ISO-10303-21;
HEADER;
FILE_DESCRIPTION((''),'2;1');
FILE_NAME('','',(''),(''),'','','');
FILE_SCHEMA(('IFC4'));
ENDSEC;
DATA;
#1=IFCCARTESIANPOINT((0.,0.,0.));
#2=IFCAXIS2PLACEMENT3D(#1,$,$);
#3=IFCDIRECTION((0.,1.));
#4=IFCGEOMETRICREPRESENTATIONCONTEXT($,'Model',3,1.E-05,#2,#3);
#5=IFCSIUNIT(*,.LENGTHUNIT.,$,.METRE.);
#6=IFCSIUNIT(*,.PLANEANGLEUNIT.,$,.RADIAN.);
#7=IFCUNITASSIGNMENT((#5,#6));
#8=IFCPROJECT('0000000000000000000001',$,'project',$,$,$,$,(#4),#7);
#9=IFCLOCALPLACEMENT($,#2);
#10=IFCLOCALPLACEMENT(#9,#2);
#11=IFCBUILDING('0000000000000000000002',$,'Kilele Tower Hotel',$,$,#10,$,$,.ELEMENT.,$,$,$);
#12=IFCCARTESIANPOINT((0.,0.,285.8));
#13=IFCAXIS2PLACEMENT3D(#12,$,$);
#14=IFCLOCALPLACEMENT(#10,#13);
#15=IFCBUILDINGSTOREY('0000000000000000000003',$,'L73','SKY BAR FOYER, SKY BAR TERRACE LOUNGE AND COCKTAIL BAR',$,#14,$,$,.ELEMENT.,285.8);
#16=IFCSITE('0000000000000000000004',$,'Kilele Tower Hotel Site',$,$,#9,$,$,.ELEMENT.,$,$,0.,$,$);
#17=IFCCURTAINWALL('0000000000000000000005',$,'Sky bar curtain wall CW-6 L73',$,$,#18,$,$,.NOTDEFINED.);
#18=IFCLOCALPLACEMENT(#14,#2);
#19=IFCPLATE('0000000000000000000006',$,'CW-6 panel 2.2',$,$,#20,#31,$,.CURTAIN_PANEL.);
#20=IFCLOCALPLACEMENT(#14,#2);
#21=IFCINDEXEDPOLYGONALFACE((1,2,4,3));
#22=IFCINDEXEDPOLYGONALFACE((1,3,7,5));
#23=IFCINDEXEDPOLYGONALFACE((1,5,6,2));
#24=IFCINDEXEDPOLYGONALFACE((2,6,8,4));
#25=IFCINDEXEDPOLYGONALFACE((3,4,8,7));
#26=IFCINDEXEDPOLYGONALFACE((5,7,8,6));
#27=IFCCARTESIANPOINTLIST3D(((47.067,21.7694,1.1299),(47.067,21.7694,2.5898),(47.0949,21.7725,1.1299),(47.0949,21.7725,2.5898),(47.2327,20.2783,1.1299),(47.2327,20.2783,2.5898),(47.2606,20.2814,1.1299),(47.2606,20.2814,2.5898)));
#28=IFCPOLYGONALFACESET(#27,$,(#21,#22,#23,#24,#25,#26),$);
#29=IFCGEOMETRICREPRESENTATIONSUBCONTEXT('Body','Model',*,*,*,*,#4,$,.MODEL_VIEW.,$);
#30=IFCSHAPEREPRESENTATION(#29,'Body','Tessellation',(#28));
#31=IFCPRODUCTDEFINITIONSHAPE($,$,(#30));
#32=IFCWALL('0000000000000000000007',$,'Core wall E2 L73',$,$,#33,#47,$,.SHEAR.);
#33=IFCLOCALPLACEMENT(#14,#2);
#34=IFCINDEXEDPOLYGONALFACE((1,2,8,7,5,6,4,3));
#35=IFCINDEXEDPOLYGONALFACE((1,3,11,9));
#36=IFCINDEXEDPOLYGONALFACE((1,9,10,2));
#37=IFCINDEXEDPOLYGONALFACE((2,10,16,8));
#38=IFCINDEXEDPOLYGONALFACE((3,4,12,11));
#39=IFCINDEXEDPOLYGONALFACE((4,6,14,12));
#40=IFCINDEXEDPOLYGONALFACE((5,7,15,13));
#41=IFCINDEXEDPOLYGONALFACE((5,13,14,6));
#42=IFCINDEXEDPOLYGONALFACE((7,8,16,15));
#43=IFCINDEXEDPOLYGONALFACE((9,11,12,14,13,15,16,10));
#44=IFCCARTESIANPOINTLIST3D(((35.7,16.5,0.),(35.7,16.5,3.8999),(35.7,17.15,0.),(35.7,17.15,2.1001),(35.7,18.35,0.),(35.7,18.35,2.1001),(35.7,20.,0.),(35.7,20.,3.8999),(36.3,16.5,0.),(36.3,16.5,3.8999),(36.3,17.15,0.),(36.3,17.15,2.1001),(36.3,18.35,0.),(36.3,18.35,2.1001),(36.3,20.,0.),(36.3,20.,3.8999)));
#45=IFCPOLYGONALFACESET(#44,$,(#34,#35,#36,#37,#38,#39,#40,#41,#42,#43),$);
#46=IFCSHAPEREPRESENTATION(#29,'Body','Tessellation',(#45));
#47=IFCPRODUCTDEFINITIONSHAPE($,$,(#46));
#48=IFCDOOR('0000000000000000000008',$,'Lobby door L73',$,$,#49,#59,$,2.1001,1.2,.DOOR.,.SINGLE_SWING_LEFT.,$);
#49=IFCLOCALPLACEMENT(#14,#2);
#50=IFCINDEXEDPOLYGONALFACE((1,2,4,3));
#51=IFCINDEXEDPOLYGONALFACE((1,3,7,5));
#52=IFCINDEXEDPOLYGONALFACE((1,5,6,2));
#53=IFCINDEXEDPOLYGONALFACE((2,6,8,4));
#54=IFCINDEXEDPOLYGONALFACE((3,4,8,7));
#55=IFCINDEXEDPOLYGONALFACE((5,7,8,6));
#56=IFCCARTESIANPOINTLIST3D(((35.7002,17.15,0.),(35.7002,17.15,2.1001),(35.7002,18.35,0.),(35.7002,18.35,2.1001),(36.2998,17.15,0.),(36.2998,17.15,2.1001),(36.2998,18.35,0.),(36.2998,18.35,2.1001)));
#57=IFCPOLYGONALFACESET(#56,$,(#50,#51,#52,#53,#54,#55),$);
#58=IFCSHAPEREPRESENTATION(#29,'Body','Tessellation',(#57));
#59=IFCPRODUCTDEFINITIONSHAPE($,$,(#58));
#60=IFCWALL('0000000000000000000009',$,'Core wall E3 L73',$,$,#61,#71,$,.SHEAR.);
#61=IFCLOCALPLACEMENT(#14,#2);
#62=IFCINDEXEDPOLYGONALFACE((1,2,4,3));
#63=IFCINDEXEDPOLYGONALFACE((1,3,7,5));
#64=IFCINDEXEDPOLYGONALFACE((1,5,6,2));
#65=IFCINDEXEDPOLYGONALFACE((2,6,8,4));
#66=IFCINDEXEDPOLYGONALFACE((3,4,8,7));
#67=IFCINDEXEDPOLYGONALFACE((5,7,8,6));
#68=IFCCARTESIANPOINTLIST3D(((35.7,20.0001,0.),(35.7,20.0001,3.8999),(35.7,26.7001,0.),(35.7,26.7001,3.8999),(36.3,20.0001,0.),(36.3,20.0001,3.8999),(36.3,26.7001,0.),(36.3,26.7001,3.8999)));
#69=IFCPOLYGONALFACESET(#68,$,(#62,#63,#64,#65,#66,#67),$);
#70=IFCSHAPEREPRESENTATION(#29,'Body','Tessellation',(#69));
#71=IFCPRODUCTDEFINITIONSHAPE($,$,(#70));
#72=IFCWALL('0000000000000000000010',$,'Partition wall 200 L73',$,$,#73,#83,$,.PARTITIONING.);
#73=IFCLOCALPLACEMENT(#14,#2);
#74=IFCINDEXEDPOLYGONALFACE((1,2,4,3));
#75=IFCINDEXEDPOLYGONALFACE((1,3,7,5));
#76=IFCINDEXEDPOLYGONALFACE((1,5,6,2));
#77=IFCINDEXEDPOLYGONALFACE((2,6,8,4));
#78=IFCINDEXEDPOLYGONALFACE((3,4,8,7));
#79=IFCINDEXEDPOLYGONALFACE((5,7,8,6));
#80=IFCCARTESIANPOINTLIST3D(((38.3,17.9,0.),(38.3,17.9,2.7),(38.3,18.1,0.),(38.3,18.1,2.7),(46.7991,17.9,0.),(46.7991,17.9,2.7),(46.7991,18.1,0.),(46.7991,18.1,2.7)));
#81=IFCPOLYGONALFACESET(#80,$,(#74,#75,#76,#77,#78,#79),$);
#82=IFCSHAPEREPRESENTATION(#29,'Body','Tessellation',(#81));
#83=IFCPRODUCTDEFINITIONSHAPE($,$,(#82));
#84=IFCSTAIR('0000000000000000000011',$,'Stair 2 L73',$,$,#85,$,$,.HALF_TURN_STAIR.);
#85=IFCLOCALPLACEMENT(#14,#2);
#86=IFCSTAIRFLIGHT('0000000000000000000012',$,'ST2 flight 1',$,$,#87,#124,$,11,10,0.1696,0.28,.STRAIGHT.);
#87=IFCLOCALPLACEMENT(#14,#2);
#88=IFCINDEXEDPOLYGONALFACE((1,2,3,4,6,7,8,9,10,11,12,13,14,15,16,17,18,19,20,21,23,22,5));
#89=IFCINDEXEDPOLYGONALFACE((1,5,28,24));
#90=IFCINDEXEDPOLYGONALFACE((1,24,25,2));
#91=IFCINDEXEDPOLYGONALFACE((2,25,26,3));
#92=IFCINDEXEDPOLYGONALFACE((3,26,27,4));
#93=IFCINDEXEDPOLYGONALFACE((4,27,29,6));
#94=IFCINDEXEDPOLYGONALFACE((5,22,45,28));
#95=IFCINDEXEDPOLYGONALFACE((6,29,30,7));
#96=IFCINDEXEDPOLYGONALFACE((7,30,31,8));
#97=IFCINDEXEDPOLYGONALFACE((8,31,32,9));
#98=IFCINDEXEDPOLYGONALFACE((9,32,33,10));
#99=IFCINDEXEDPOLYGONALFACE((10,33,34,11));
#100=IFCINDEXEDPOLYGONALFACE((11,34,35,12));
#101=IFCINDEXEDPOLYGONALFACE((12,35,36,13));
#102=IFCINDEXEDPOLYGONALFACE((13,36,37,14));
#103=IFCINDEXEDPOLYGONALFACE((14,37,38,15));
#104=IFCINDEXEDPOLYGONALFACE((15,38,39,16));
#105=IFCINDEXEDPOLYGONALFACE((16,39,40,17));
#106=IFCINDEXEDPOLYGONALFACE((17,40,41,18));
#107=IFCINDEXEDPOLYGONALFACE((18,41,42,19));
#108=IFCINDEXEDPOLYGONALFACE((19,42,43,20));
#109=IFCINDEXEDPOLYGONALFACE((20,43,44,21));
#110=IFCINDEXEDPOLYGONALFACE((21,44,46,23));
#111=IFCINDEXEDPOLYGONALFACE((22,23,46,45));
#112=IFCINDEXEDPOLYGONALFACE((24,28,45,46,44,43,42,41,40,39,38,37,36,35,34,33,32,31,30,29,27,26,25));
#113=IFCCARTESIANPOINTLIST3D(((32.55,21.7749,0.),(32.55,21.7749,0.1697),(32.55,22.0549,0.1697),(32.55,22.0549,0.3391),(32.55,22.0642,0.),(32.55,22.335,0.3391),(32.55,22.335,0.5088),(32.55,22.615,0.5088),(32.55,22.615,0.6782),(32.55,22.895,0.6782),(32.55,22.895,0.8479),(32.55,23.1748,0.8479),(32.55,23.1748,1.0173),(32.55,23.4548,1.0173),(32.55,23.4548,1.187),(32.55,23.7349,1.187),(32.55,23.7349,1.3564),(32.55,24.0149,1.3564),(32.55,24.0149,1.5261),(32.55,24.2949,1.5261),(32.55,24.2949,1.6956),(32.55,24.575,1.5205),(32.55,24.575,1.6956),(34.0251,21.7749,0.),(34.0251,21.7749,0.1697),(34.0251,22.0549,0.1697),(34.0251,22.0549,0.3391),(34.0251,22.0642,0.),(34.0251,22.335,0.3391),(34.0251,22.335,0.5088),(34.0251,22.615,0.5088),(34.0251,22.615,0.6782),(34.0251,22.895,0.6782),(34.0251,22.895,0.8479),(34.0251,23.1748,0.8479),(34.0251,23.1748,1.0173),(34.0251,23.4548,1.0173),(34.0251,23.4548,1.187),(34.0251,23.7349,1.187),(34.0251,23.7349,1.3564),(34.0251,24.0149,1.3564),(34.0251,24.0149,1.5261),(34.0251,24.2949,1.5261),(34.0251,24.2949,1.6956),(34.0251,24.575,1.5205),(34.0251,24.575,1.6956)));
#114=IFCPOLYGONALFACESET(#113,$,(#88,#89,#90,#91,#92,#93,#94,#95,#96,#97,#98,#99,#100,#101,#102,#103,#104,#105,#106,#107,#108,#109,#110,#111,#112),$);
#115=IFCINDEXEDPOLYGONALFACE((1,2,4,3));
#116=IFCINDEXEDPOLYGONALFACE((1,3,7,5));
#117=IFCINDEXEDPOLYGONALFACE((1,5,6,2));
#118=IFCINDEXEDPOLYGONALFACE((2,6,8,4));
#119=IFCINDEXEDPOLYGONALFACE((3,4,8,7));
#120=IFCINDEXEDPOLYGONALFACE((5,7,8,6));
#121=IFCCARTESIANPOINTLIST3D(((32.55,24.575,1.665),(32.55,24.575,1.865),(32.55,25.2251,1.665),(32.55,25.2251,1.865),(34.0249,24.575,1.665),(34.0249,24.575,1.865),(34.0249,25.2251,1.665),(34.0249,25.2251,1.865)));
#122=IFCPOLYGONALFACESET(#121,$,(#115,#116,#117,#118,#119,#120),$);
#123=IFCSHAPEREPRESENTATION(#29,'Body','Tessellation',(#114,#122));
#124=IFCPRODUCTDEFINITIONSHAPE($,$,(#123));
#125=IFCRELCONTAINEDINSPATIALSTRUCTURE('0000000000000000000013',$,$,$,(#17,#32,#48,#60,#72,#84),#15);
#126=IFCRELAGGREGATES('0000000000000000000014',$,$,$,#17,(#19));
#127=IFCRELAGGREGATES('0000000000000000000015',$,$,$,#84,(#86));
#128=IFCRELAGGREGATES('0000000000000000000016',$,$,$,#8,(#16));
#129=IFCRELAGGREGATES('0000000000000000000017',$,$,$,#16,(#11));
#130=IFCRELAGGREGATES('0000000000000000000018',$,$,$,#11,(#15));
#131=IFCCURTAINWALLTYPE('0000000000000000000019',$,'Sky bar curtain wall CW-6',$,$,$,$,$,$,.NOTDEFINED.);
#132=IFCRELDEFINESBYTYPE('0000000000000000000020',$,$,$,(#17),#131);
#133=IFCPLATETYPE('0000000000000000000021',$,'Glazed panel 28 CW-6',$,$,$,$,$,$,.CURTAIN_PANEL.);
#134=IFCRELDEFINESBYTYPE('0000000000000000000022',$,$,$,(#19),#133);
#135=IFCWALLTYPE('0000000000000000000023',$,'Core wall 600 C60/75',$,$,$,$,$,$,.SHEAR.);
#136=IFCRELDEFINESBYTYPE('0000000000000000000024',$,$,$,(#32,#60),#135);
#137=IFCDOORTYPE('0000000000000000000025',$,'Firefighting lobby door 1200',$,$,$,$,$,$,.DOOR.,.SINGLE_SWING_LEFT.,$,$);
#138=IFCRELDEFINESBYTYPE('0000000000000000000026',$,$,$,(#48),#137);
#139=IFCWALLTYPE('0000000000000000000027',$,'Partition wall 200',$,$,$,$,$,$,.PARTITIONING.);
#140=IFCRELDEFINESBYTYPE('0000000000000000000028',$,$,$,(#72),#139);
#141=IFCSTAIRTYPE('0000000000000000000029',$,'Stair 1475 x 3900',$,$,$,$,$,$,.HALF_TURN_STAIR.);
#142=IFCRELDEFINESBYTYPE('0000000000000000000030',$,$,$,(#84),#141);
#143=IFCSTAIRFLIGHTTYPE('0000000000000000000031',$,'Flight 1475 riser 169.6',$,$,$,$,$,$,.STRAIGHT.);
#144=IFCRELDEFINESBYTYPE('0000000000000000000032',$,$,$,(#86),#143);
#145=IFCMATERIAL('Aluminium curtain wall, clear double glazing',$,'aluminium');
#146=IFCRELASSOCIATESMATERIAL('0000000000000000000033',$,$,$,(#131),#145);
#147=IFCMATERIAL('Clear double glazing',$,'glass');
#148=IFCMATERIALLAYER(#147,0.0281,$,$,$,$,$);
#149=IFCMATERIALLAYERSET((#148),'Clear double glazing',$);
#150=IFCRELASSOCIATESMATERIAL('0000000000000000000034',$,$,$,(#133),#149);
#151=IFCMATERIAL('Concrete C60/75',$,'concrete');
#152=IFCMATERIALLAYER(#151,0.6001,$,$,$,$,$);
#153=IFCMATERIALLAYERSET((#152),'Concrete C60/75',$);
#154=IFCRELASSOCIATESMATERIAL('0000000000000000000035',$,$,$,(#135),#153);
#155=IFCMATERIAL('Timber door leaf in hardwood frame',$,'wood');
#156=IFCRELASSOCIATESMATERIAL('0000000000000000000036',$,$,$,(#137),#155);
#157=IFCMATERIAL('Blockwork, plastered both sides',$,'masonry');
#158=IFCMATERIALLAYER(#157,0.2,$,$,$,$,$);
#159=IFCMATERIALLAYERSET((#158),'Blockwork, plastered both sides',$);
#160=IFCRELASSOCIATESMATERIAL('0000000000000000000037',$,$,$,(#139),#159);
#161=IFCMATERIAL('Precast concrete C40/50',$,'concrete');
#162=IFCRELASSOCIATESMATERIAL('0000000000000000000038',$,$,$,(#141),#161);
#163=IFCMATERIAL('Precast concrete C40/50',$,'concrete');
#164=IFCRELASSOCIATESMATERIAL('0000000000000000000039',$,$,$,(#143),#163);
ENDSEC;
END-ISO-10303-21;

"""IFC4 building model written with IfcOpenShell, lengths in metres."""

from ifc_helpers import new_model, si_unit, direction, frame, frame_2d, origin, origin_2d, place, context, subcontext, project, spatial, polyline, rectangle, outline, extrude, material, layer, layer_set, type_object, element, fill, aggregate, save


model = new_model("IFC4")

# Units and contexts
model_context = context("Model", 3, precision=1e-05, world=origin(), true_north=direction((0.0, 1.0)))
body_context = subcontext(model_context, "Body", "Model", "MODEL_VIEW")
ifc_project = project(units=[si_unit("LENGTHUNIT", "METRE"), si_unit("PLANEANGLEUNIT", "RADIAN")], contexts=[model_context])

# Site, building, storey
site_placement = place(None, origin())
site = spatial("IfcSite", under=ifc_project, at=site_placement, Name="Kilele Tower Hotel Site", CompositionType="ELEMENT", RefElevation=0.0)
building_placement = place(site_placement, origin())
building = spatial("IfcBuilding", under=site, at=building_placement, Name="Kilele Tower Hotel", CompositionType="ELEMENT")
storey_placement = place(building_placement, frame((0.0, 0.0, 285.8)))
storey = spatial("IfcBuildingStorey", under=building, at=storey_placement, Name="L73", Description="SKY BAR FOYER, SKY BAR TERRACE LOUNGE AND COCKTAIL BAR", CompositionType="ELEMENT", Elevation=285.8)

# Shared definitions
ifc_material_1 = material(Name="Aluminium curtain wall, clear double glazing", Category="aluminium")
curtain_wall_type = type_object("IfcCurtainWallType", Name="Sky bar curtain wall CW-6", PredefinedType="NOTDEFINED", material=ifc_material_1)

# Curtain wall
curtain_wall_1_placement = place(storey_placement, origin())
curtain_wall_1 = element("IfcCurtainWall", 1, at=curtain_wall_1_placement, inside=storey, type_object=curtain_wall_type, Name="Sky bar curtain wall CW-6 L73", PredefinedType="NOTDEFINED")

# Plate
ifc_material_2 = material(Name="Clear double glazing", Category="glass")
ifc_layer_1 = layer(ifc_material_2, 0.0281)
ifc_layer_set_1 = layer_set([ifc_layer_1], Name="Clear double glazing")
plate_type = type_object("IfcPlateType", Name="Glazed panel 28 CW-6", PredefinedType="CURTAIN_PANEL", material=ifc_layer_set_1)
plate_1_placement = place(storey_placement, frame((47.1638, 21.0254, 1.1299), z_axis=(0.0, 0.0, 1.0), x_axis=(-0.110432, 0.993884, 0.0)))
plate_1 = element("IfcPlate", 2, at=plate_1_placement, type_object=plate_type, Name="CW-6 panel 2.2", PredefinedType="CURTAIN_PANEL", context=body_context, shape_type="SweptSolid", body=[
    extrude(rectangle(XDim=1.5002, YDim=0.0281, at=origin_2d()), origin(), (0.0, 0.0, 1.0), 1.46),
])
aggregate(curtain_wall_1, [plate_1])

# Wall, opening, door
ifc_material_3 = material(Name="Concrete C60/75", Category="concrete")
ifc_layer_2 = layer(ifc_material_3, 0.6001)
ifc_layer_set_2 = layer_set([ifc_layer_2], Name="Concrete C60/75")
wall_type_1 = type_object("IfcWallType", Name="Core wall 600 C60/75", PredefinedType="SHEAR", material=ifc_layer_set_2)
wall_1_placement = place(storey_placement, frame((36.0, 16.5, 0.0), z_axis=(0.0, 0.0, 1.0), x_axis=(0.0, 1.0, 0.0)))
wall_1 = element("IfcWall", 3, at=wall_1_placement, inside=storey, type_object=wall_type_1, Name="Core wall E2 L73", PredefinedType="SHEAR", context=body_context, shape_type="SweptSolid", body=[
    extrude(rectangle(XDim=3.5, YDim=0.6001, at=frame_2d((1.75, 0.0))), origin(), (0.0, 0.0, 1.0), 3.8999),
])
opening_placement = place(wall_1_placement, frame((0.6499, 0.0, 0.0)))
opening = element("IfcOpeningElement", 4, at=opening_placement, cuts=wall_1, PredefinedType="OPENING", context=body_context, shape_type="SweptSolid", body=[
    extrude(rectangle(XDim=1.2, YDim=2.1001, at=frame_2d((0.6001, 1.05))), frame((0.0, 0.3101, 0.0), z_axis=(0.0, -1.0, 0.0), x_axis=(1.0, 0.0, 0.0)), (0.0, 0.0, 1.0), 0.6201),
])
ifc_material_4 = material(Name="Timber door leaf in hardwood frame", Category="wood")
door_type = type_object("IfcDoorType", Name="Firefighting lobby door 1200", OperationType="SINGLE_SWING_LEFT", PredefinedType="DOOR", material=ifc_material_4)
door_placement = place(opening_placement, origin())
door = element("IfcDoor", 5, at=door_placement, inside=storey, type_object=door_type, Name="Lobby door L73", OperationType="SINGLE_SWING_LEFT", OverallHeight=2.1001, OverallWidth=1.2, PredefinedType="DOOR", context=body_context, shape_type="SweptSolid", body=[
    extrude(rectangle(XDim=1.2, YDim=2.1001, at=frame_2d((0.6001, 1.05))), frame((0.0, 0.2998, 0.0), z_axis=(0.0, -1.0, 0.0), x_axis=(1.0, 0.0, 0.0)), (0.0, 0.0, 1.0), 0.5996),
])
fill(opening, door)

# Walls
wall_2_placement = place(storey_placement, frame((36.0, 20.0, 0.0), z_axis=(0.0, 0.0, 1.0), x_axis=(0.0, 1.0, 0.0)))
element("IfcWall", 6, at=wall_2_placement, inside=storey, type_object=wall_type_1, Name="Core wall E3 L73", PredefinedType="SHEAR", context=body_context, shape_type="SweptSolid", body=[
    extrude(rectangle(XDim=6.7, YDim=0.6001, at=frame_2d((3.3501, 0.0))), origin(), (0.0, 0.0, 1.0), 3.8999),
])
ifc_material_5 = material(Name="Blockwork, plastered both sides", Category="masonry")
ifc_layer_3 = layer(ifc_material_5, 0.2)
ifc_layer_set_3 = layer_set([ifc_layer_3], Name="Blockwork, plastered both sides")
wall_type_2 = type_object("IfcWallType", Name="Partition wall 200", PredefinedType="PARTITIONING", material=ifc_layer_set_3)
wall_3_placement = place(storey_placement, frame((38.3, 18.0, 0.0), z_axis=(0.0, 0.0, 1.0), x_axis=(1.0, 0.0, 0.0)))
element("IfcWall", 7, at=wall_3_placement, inside=storey, type_object=wall_type_2, Name="Partition wall 200 L73", PredefinedType="PARTITIONING", context=body_context, shape_type="SweptSolid", body=[
    extrude(rectangle(XDim=8.499, YDim=0.2, at=frame_2d((4.2495, 0.0))), origin(), (0.0, 0.0, 1.0), 2.7),
])

# Stair, stair flight
ifc_material_6 = material(Name="Precast concrete C40/50", Category="concrete")
stair_type = type_object("IfcStairType", Name="Stair 1475 x 3900", PredefinedType="HALF_TURN_STAIR", material=ifc_material_6)
stair_placement = place(storey_placement, origin())
stair = element("IfcStair", 8, at=stair_placement, inside=storey, type_object=stair_type, Name="Stair 2 L73", PredefinedType="HALF_TURN_STAIR")
ifc_material_7 = material(Name="Precast concrete C40/50", Category="concrete")
stair_flight_type = type_object("IfcStairFlightType", Name="Flight 1475 riser 169.6", PredefinedType="STRAIGHT", material=ifc_material_7)
stair_flight_placement = place(storey_placement, frame((33.2876, 21.7749, 0.0), z_axis=(0.0, 0.0, 1.0), x_axis=(0.0, 1.0, 0.0)))
stair_flight = element("IfcStairFlight", 9, at=stair_flight_placement, type_object=stair_flight_type, Name="ST2 flight 1", NumberOfRisers=11, NumberOfTreads=10, PredefinedType="STRAIGHT", RiserHeight=0.1696, TreadLength=0.28, context=body_context, shape_type="SweptSolid", body=[
    extrude(outline(polyline([(0.0, 0.0), (0.0, 0.1697), (0.28, 0.1697), (0.28, 0.3391), (0.5601, 0.3391), (0.5601, 0.5088), (0.8401, 0.5088), (0.8401, 0.6782), (1.1201, 0.6782), (1.1201, 0.8479), (1.3999, 0.8479), (1.3999, 1.0173), (1.6799, 1.0173), (1.6799, 1.187), (1.96, 1.187), (1.96, 1.3564), (2.24, 1.3564), (2.24, 1.5261), (2.52, 1.5261), (2.52, 1.6956), (2.8, 1.6956), (2.8, 1.8652), (2.8, 1.5205), (0.2893, 0.0), (0.0, 0.0)])), frame((0.0, 0.7375, 0.0), z_axis=(0.0, -1.0, 0.0), x_axis=(1.0, 0.0, 0.0)), (0.0, 0.0, 1.0), 1.4751),
    extrude(outline(polyline([(2.8, 0.7375), (2.8, -0.7373), (3.4502, -0.7373), (3.4502, 0.7375), (2.8, 0.7375)])), frame((0.0, 0.0, 1.665)), (0.0, 0.0, 1.0), 0.2),
])
aggregate(stair, [stair_flight])

save(model, "model.ifc")
